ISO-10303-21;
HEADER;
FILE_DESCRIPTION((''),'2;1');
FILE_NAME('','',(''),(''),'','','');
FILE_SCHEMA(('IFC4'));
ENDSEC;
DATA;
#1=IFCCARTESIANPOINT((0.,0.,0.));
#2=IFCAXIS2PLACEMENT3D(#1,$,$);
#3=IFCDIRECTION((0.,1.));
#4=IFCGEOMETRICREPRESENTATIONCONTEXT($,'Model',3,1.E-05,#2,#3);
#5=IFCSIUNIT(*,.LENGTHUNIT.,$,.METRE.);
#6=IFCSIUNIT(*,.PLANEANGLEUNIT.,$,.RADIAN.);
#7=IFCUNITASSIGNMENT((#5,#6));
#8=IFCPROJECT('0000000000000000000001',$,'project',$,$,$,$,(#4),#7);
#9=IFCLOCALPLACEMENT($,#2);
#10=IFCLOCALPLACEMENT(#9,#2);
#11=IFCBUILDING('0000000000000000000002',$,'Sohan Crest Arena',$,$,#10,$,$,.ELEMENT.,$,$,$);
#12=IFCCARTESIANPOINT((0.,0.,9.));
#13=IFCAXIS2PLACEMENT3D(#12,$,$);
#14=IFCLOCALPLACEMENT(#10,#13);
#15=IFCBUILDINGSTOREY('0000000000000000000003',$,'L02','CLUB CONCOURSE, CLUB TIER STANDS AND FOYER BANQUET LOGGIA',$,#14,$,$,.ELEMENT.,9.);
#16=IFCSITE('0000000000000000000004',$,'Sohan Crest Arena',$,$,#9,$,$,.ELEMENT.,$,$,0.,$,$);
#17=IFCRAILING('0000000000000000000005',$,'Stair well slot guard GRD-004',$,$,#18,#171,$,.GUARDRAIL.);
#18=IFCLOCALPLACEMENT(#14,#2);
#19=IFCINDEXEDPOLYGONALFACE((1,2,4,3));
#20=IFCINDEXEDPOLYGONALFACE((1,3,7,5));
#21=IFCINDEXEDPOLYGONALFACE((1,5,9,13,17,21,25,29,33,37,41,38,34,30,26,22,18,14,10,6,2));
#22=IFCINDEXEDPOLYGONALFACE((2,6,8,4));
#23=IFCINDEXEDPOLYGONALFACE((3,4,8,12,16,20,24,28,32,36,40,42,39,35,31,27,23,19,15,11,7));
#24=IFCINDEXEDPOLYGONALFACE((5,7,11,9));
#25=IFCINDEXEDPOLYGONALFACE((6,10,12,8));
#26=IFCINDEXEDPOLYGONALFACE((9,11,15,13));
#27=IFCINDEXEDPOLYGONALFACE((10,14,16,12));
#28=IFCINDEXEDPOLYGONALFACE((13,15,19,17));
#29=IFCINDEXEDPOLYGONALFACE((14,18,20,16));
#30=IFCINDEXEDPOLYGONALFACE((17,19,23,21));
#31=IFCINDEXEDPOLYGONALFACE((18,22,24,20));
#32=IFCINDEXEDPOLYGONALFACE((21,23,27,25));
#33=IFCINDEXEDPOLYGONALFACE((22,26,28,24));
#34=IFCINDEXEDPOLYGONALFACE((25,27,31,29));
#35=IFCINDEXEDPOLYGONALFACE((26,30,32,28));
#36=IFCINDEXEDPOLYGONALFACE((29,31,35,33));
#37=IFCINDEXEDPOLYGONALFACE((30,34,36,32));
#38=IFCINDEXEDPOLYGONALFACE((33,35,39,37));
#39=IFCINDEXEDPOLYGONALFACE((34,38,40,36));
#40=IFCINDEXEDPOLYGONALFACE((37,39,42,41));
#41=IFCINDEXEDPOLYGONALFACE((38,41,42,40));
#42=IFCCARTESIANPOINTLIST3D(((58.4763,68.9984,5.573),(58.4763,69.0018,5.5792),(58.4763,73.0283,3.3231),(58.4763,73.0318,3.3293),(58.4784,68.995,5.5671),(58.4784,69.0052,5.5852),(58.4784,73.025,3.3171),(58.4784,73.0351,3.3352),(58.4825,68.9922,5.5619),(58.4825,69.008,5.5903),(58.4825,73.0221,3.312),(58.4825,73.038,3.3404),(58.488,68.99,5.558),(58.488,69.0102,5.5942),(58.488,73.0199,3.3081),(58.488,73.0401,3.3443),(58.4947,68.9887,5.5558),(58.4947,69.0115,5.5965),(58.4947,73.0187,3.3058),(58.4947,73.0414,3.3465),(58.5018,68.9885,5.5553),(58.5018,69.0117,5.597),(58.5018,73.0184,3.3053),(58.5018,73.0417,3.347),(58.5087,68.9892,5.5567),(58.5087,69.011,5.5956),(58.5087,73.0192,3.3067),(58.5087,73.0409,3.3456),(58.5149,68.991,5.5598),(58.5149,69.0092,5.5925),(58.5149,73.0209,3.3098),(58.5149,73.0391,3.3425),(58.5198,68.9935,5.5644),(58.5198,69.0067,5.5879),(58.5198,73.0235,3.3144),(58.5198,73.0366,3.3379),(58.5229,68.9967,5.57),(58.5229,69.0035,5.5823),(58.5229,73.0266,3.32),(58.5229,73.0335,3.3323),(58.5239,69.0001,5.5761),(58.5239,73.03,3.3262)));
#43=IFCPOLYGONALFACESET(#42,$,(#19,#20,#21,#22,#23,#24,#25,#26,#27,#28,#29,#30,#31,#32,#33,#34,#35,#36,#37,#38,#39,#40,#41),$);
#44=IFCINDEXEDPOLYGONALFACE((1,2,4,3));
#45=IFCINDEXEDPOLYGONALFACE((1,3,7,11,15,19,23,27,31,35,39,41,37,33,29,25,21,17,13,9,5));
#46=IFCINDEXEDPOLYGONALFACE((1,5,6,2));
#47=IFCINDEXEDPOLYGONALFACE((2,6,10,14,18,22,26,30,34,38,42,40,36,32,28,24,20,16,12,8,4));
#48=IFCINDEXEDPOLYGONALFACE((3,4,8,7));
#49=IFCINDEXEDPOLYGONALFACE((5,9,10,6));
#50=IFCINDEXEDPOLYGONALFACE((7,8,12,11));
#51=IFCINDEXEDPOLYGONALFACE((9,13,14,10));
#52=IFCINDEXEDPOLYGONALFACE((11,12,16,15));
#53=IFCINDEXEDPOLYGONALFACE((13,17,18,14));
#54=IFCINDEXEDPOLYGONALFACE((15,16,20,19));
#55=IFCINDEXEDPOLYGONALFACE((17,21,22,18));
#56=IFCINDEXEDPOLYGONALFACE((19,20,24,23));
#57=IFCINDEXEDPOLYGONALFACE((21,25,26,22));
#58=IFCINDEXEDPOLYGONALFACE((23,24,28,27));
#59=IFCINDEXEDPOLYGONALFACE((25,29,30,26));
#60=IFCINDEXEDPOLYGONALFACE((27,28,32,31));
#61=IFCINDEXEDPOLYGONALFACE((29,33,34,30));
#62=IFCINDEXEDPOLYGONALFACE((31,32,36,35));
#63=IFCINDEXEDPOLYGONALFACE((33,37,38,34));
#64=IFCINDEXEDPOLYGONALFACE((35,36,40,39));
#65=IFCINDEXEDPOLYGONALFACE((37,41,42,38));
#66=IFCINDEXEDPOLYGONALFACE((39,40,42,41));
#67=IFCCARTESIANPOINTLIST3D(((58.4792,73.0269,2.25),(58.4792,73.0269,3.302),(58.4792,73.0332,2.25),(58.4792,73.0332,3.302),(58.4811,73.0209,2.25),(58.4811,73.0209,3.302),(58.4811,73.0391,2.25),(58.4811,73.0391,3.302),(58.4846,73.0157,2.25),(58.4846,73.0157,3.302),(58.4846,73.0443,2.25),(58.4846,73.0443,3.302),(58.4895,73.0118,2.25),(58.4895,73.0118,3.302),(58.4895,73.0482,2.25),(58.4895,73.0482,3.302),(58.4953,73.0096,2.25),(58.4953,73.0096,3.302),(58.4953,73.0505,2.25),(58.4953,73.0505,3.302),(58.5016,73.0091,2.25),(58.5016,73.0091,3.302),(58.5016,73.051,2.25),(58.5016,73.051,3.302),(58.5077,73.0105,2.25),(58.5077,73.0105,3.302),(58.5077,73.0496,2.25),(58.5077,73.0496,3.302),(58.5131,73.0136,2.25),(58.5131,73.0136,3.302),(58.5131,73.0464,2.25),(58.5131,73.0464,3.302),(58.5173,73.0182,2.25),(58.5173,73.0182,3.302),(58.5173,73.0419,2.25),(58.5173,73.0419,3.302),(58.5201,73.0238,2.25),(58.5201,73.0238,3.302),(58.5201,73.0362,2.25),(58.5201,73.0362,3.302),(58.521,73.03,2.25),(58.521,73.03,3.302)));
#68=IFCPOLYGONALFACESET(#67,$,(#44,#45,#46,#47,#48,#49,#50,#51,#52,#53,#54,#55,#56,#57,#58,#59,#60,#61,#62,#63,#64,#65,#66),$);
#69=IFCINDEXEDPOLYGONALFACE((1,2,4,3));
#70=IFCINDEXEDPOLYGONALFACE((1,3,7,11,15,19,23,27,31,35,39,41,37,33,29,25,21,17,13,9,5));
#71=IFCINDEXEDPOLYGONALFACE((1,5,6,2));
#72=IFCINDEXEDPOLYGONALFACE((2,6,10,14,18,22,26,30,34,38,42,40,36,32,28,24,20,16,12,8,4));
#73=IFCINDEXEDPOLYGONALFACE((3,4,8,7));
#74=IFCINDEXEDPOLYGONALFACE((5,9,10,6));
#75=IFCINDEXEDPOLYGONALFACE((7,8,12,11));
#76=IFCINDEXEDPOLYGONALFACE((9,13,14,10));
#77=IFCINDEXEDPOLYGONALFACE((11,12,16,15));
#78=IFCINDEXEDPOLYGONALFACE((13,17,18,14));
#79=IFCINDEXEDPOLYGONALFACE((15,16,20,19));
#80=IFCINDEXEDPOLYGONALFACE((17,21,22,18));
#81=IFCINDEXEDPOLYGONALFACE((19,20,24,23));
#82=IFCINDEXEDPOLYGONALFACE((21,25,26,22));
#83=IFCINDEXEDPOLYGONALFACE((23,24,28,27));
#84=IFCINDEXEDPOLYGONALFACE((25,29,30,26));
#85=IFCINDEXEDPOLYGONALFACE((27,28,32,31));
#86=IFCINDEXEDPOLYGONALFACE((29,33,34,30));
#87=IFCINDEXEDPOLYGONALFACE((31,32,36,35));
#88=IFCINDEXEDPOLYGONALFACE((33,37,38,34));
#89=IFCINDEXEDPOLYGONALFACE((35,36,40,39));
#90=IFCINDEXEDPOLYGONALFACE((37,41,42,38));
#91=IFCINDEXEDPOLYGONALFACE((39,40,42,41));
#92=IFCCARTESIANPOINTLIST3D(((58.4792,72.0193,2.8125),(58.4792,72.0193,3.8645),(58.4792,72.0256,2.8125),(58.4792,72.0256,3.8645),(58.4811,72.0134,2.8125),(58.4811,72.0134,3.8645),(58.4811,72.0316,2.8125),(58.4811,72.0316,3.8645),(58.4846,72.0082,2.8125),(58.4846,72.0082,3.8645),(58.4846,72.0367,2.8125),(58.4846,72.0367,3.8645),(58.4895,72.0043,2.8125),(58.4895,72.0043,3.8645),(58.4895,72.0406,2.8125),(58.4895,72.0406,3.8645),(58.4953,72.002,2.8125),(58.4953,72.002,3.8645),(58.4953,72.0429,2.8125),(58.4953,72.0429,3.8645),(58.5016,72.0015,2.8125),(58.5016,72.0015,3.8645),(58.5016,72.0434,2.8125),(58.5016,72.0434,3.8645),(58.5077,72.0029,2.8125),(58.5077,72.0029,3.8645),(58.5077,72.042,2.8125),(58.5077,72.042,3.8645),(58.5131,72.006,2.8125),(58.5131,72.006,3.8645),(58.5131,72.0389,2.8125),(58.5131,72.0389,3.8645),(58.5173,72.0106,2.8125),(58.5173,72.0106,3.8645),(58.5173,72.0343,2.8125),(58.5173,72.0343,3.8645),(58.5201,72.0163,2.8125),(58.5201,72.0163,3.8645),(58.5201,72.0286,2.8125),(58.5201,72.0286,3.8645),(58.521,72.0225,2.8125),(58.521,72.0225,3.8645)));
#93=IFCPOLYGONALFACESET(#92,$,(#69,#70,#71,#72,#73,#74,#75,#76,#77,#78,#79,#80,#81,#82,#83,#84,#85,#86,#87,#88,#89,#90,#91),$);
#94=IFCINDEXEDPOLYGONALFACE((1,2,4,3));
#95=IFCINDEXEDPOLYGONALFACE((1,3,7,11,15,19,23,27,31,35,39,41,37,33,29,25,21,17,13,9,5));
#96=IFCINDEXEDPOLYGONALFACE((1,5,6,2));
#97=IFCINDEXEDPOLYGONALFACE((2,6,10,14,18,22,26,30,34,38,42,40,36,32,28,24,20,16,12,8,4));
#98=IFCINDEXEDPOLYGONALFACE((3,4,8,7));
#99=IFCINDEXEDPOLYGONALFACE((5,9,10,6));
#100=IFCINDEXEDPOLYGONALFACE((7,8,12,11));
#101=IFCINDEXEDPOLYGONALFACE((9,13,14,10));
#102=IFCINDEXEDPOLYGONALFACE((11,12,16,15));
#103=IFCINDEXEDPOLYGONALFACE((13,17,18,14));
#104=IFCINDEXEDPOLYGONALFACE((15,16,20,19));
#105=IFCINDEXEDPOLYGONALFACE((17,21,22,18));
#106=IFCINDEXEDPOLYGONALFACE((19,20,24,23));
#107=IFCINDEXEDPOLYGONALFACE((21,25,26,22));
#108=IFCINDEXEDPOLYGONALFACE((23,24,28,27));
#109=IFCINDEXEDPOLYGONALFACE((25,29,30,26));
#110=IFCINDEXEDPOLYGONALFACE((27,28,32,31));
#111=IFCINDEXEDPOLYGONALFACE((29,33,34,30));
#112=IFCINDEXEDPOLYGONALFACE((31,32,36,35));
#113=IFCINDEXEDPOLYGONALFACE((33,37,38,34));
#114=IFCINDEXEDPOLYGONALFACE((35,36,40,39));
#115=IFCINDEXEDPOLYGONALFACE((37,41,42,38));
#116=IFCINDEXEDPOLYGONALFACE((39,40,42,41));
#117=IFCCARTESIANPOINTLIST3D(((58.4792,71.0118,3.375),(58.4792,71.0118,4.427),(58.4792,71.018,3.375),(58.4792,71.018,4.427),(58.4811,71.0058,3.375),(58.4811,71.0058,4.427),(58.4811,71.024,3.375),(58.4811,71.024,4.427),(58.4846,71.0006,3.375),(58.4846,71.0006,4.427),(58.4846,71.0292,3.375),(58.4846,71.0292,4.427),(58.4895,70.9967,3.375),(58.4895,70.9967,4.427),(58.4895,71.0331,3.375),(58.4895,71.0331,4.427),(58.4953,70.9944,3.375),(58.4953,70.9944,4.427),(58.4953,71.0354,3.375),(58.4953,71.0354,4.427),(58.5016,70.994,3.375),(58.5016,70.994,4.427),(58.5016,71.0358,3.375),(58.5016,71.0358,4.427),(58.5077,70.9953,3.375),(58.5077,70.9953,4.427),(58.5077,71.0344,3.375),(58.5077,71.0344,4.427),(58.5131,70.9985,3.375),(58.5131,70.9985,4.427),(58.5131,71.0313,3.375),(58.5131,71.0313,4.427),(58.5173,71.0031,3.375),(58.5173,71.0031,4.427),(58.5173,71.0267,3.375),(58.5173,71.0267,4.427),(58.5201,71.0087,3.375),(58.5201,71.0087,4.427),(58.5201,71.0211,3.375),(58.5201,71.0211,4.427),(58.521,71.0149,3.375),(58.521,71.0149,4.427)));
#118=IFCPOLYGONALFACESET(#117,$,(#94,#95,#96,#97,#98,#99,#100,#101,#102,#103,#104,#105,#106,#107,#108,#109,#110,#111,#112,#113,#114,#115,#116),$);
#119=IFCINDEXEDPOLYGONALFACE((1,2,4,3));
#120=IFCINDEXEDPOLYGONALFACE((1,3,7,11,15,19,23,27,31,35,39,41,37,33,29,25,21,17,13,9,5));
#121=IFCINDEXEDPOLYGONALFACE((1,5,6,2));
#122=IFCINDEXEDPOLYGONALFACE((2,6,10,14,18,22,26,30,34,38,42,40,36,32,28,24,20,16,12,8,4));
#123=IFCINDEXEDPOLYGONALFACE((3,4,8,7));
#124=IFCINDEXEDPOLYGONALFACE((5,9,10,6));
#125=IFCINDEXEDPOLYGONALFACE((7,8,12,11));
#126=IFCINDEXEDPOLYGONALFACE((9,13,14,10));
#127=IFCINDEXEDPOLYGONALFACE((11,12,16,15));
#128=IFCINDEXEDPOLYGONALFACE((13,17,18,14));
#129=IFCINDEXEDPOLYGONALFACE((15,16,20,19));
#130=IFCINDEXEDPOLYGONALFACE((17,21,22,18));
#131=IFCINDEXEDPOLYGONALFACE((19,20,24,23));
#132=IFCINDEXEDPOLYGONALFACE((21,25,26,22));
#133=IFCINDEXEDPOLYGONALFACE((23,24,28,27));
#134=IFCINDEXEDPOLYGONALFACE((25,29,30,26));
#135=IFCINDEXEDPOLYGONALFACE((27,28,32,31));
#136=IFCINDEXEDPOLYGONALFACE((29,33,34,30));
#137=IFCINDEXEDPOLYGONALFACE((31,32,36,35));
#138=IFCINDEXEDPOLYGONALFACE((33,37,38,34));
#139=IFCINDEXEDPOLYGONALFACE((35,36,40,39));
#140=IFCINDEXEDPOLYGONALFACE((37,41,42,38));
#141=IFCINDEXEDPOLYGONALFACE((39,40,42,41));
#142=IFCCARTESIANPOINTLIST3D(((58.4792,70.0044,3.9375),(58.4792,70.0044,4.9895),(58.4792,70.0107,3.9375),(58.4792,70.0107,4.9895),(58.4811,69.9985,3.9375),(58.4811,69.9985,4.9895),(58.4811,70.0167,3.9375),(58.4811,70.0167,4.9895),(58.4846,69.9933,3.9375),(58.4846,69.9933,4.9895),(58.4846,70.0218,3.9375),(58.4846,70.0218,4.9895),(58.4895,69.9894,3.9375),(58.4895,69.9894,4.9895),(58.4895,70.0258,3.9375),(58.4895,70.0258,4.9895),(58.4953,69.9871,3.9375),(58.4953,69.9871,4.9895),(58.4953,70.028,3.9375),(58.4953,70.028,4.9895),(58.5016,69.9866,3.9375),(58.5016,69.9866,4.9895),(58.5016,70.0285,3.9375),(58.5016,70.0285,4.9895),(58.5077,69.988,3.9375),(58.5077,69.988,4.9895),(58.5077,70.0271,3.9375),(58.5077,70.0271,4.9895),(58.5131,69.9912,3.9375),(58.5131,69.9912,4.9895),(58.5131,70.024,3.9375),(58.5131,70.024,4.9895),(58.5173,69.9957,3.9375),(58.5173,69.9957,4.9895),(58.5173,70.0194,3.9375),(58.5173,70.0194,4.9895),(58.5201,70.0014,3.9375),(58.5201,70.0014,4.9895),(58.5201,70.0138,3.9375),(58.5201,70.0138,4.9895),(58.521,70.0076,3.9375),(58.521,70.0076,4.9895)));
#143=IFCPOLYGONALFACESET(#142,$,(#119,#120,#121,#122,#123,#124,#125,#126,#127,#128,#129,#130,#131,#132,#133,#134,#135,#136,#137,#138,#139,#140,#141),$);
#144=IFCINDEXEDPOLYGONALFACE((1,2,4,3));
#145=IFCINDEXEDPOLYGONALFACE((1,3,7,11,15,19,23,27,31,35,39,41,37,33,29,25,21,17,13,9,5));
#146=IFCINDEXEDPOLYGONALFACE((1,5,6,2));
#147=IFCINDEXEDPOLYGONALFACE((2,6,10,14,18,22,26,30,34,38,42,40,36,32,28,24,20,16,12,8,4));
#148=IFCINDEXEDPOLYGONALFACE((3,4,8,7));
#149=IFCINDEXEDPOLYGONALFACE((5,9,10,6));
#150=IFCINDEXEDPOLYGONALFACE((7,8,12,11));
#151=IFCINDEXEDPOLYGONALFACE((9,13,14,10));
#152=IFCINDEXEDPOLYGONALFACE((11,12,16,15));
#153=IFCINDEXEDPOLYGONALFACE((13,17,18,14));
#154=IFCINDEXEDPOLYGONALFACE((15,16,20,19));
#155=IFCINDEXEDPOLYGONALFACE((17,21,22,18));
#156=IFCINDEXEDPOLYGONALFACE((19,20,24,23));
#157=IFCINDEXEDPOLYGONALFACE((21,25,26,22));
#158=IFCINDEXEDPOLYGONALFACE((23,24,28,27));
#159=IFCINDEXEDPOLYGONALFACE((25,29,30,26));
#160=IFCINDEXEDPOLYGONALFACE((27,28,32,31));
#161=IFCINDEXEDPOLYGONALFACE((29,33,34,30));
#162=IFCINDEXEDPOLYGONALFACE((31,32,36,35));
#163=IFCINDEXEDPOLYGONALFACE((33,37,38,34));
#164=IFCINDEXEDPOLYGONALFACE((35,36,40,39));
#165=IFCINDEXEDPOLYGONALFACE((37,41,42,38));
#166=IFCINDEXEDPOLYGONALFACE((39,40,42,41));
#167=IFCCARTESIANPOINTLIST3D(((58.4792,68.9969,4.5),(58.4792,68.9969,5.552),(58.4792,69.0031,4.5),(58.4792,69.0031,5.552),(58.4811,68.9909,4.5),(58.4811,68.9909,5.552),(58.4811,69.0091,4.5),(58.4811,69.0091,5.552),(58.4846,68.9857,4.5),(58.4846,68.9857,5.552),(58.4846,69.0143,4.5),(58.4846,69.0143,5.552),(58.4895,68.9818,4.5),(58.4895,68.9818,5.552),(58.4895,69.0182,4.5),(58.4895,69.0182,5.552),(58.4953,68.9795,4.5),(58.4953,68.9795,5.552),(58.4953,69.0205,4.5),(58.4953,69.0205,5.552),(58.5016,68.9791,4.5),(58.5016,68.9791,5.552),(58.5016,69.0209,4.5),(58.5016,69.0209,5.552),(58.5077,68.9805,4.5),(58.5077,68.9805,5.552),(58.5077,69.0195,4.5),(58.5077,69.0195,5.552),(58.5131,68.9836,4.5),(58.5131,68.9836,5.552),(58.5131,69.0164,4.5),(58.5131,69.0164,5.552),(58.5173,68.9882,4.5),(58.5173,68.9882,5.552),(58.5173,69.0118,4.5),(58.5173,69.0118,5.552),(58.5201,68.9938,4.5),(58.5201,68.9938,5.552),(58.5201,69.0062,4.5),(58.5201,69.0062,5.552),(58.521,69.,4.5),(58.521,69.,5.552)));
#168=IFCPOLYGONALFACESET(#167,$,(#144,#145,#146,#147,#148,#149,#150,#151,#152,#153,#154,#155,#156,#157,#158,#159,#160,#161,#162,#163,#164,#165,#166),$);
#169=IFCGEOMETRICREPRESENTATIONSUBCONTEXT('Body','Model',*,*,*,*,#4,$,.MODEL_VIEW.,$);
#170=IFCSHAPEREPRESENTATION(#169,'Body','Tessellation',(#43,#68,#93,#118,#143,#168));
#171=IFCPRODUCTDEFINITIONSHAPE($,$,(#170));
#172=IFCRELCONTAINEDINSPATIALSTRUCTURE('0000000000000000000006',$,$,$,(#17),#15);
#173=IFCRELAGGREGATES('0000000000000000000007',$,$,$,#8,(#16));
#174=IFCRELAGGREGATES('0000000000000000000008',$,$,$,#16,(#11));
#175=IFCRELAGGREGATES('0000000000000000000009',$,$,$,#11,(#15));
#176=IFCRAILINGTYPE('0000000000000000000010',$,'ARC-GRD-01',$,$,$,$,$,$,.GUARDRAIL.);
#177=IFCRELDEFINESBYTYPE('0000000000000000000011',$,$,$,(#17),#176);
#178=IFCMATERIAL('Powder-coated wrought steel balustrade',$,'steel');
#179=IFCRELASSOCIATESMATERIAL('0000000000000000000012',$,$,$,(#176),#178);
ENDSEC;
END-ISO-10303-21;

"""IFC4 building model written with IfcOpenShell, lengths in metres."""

from ifc_helpers import new_model, si_unit, direction, frame, origin, origin_2d, place, context, subcontext, project, spatial, circle, extrude, material, type_object, element, save


model = new_model("IFC4")

# Units and contexts
model_context = context("Model", 3, precision=1e-05, world=origin(), true_north=direction((0.0, 1.0)))
body_context = subcontext(model_context, "Body", "Model", "MODEL_VIEW")
ifc_project = project(units=[si_unit("LENGTHUNIT", "METRE"), si_unit("PLANEANGLEUNIT", "RADIAN")], contexts=[model_context])

# Site, building, storey
site_placement = place(None, origin())
site = spatial("IfcSite", under=ifc_project, at=site_placement, Name="Sohan Crest Arena", CompositionType="ELEMENT", RefElevation=0.0)
building_placement = place(site_placement, origin())
building = spatial("IfcBuilding", under=site, at=building_placement, Name="Sohan Crest Arena", CompositionType="ELEMENT")
storey_placement = place(building_placement, frame((0.0, 0.0, 9.0)))
storey = spatial("IfcBuildingStorey", under=building, at=storey_placement, Name="L02", Description="CLUB CONCOURSE, CLUB TIER STANDS AND FOYER BANQUET LOGGIA", CompositionType="ELEMENT", Elevation=9.0)

# Railing
ifc_material_1 = material(Name="Powder-coated wrought steel balustrade", Category="steel")
railing_type_1 = type_object("IfcRailingType", Name="ARC-GRD-01", PredefinedType="GUARDRAIL", material=ifc_material_1)
for number, where, name in (
    (1, (58.5, 73.03, 2.25), "Stair well slot guard GRD-004"),
):
    element("IfcRailing", number, at=place(storey_placement, frame(where)), inside=storey, type_object=railing_type_1, Name=name, PredefinedType="GUARDRAIL", context=body_context, shape_type="SweptSolid", body=[
        extrude(circle(Radius=0.0239, at=origin_2d()), frame((0.0, 0.0, 1.0762), z_axis=(0.0, -0.873135, 0.487479), x_axis=(1.0, 0.0, 0.0)), (0.0, 0.0, 1.0), 4.6155),
        extrude(circle(Radius=0.021, at=origin_2d()), origin(), (0.0, 0.0, 1.0), 1.052),
        extrude(circle(Radius=0.021, at=origin_2d()), frame((0.0, -1.0076, 0.5625)), (0.0, 0.0, 1.0), 1.052),
        extrude(circle(Radius=0.021, at=origin_2d()), frame((0.0, -2.0151, 1.125)), (0.0, 0.0, 1.0), 1.052),
        extrude(circle(Radius=0.021, at=origin_2d()), frame((0.0, -3.0225, 1.6875)), (0.0, 0.0, 1.0), 1.052),
        extrude(circle(Radius=0.021, at=origin_2d()), frame((0.0, -4.03, 2.25)), (0.0, 0.0, 1.0), 1.052),
    ])

save(model, "model.ifc")
